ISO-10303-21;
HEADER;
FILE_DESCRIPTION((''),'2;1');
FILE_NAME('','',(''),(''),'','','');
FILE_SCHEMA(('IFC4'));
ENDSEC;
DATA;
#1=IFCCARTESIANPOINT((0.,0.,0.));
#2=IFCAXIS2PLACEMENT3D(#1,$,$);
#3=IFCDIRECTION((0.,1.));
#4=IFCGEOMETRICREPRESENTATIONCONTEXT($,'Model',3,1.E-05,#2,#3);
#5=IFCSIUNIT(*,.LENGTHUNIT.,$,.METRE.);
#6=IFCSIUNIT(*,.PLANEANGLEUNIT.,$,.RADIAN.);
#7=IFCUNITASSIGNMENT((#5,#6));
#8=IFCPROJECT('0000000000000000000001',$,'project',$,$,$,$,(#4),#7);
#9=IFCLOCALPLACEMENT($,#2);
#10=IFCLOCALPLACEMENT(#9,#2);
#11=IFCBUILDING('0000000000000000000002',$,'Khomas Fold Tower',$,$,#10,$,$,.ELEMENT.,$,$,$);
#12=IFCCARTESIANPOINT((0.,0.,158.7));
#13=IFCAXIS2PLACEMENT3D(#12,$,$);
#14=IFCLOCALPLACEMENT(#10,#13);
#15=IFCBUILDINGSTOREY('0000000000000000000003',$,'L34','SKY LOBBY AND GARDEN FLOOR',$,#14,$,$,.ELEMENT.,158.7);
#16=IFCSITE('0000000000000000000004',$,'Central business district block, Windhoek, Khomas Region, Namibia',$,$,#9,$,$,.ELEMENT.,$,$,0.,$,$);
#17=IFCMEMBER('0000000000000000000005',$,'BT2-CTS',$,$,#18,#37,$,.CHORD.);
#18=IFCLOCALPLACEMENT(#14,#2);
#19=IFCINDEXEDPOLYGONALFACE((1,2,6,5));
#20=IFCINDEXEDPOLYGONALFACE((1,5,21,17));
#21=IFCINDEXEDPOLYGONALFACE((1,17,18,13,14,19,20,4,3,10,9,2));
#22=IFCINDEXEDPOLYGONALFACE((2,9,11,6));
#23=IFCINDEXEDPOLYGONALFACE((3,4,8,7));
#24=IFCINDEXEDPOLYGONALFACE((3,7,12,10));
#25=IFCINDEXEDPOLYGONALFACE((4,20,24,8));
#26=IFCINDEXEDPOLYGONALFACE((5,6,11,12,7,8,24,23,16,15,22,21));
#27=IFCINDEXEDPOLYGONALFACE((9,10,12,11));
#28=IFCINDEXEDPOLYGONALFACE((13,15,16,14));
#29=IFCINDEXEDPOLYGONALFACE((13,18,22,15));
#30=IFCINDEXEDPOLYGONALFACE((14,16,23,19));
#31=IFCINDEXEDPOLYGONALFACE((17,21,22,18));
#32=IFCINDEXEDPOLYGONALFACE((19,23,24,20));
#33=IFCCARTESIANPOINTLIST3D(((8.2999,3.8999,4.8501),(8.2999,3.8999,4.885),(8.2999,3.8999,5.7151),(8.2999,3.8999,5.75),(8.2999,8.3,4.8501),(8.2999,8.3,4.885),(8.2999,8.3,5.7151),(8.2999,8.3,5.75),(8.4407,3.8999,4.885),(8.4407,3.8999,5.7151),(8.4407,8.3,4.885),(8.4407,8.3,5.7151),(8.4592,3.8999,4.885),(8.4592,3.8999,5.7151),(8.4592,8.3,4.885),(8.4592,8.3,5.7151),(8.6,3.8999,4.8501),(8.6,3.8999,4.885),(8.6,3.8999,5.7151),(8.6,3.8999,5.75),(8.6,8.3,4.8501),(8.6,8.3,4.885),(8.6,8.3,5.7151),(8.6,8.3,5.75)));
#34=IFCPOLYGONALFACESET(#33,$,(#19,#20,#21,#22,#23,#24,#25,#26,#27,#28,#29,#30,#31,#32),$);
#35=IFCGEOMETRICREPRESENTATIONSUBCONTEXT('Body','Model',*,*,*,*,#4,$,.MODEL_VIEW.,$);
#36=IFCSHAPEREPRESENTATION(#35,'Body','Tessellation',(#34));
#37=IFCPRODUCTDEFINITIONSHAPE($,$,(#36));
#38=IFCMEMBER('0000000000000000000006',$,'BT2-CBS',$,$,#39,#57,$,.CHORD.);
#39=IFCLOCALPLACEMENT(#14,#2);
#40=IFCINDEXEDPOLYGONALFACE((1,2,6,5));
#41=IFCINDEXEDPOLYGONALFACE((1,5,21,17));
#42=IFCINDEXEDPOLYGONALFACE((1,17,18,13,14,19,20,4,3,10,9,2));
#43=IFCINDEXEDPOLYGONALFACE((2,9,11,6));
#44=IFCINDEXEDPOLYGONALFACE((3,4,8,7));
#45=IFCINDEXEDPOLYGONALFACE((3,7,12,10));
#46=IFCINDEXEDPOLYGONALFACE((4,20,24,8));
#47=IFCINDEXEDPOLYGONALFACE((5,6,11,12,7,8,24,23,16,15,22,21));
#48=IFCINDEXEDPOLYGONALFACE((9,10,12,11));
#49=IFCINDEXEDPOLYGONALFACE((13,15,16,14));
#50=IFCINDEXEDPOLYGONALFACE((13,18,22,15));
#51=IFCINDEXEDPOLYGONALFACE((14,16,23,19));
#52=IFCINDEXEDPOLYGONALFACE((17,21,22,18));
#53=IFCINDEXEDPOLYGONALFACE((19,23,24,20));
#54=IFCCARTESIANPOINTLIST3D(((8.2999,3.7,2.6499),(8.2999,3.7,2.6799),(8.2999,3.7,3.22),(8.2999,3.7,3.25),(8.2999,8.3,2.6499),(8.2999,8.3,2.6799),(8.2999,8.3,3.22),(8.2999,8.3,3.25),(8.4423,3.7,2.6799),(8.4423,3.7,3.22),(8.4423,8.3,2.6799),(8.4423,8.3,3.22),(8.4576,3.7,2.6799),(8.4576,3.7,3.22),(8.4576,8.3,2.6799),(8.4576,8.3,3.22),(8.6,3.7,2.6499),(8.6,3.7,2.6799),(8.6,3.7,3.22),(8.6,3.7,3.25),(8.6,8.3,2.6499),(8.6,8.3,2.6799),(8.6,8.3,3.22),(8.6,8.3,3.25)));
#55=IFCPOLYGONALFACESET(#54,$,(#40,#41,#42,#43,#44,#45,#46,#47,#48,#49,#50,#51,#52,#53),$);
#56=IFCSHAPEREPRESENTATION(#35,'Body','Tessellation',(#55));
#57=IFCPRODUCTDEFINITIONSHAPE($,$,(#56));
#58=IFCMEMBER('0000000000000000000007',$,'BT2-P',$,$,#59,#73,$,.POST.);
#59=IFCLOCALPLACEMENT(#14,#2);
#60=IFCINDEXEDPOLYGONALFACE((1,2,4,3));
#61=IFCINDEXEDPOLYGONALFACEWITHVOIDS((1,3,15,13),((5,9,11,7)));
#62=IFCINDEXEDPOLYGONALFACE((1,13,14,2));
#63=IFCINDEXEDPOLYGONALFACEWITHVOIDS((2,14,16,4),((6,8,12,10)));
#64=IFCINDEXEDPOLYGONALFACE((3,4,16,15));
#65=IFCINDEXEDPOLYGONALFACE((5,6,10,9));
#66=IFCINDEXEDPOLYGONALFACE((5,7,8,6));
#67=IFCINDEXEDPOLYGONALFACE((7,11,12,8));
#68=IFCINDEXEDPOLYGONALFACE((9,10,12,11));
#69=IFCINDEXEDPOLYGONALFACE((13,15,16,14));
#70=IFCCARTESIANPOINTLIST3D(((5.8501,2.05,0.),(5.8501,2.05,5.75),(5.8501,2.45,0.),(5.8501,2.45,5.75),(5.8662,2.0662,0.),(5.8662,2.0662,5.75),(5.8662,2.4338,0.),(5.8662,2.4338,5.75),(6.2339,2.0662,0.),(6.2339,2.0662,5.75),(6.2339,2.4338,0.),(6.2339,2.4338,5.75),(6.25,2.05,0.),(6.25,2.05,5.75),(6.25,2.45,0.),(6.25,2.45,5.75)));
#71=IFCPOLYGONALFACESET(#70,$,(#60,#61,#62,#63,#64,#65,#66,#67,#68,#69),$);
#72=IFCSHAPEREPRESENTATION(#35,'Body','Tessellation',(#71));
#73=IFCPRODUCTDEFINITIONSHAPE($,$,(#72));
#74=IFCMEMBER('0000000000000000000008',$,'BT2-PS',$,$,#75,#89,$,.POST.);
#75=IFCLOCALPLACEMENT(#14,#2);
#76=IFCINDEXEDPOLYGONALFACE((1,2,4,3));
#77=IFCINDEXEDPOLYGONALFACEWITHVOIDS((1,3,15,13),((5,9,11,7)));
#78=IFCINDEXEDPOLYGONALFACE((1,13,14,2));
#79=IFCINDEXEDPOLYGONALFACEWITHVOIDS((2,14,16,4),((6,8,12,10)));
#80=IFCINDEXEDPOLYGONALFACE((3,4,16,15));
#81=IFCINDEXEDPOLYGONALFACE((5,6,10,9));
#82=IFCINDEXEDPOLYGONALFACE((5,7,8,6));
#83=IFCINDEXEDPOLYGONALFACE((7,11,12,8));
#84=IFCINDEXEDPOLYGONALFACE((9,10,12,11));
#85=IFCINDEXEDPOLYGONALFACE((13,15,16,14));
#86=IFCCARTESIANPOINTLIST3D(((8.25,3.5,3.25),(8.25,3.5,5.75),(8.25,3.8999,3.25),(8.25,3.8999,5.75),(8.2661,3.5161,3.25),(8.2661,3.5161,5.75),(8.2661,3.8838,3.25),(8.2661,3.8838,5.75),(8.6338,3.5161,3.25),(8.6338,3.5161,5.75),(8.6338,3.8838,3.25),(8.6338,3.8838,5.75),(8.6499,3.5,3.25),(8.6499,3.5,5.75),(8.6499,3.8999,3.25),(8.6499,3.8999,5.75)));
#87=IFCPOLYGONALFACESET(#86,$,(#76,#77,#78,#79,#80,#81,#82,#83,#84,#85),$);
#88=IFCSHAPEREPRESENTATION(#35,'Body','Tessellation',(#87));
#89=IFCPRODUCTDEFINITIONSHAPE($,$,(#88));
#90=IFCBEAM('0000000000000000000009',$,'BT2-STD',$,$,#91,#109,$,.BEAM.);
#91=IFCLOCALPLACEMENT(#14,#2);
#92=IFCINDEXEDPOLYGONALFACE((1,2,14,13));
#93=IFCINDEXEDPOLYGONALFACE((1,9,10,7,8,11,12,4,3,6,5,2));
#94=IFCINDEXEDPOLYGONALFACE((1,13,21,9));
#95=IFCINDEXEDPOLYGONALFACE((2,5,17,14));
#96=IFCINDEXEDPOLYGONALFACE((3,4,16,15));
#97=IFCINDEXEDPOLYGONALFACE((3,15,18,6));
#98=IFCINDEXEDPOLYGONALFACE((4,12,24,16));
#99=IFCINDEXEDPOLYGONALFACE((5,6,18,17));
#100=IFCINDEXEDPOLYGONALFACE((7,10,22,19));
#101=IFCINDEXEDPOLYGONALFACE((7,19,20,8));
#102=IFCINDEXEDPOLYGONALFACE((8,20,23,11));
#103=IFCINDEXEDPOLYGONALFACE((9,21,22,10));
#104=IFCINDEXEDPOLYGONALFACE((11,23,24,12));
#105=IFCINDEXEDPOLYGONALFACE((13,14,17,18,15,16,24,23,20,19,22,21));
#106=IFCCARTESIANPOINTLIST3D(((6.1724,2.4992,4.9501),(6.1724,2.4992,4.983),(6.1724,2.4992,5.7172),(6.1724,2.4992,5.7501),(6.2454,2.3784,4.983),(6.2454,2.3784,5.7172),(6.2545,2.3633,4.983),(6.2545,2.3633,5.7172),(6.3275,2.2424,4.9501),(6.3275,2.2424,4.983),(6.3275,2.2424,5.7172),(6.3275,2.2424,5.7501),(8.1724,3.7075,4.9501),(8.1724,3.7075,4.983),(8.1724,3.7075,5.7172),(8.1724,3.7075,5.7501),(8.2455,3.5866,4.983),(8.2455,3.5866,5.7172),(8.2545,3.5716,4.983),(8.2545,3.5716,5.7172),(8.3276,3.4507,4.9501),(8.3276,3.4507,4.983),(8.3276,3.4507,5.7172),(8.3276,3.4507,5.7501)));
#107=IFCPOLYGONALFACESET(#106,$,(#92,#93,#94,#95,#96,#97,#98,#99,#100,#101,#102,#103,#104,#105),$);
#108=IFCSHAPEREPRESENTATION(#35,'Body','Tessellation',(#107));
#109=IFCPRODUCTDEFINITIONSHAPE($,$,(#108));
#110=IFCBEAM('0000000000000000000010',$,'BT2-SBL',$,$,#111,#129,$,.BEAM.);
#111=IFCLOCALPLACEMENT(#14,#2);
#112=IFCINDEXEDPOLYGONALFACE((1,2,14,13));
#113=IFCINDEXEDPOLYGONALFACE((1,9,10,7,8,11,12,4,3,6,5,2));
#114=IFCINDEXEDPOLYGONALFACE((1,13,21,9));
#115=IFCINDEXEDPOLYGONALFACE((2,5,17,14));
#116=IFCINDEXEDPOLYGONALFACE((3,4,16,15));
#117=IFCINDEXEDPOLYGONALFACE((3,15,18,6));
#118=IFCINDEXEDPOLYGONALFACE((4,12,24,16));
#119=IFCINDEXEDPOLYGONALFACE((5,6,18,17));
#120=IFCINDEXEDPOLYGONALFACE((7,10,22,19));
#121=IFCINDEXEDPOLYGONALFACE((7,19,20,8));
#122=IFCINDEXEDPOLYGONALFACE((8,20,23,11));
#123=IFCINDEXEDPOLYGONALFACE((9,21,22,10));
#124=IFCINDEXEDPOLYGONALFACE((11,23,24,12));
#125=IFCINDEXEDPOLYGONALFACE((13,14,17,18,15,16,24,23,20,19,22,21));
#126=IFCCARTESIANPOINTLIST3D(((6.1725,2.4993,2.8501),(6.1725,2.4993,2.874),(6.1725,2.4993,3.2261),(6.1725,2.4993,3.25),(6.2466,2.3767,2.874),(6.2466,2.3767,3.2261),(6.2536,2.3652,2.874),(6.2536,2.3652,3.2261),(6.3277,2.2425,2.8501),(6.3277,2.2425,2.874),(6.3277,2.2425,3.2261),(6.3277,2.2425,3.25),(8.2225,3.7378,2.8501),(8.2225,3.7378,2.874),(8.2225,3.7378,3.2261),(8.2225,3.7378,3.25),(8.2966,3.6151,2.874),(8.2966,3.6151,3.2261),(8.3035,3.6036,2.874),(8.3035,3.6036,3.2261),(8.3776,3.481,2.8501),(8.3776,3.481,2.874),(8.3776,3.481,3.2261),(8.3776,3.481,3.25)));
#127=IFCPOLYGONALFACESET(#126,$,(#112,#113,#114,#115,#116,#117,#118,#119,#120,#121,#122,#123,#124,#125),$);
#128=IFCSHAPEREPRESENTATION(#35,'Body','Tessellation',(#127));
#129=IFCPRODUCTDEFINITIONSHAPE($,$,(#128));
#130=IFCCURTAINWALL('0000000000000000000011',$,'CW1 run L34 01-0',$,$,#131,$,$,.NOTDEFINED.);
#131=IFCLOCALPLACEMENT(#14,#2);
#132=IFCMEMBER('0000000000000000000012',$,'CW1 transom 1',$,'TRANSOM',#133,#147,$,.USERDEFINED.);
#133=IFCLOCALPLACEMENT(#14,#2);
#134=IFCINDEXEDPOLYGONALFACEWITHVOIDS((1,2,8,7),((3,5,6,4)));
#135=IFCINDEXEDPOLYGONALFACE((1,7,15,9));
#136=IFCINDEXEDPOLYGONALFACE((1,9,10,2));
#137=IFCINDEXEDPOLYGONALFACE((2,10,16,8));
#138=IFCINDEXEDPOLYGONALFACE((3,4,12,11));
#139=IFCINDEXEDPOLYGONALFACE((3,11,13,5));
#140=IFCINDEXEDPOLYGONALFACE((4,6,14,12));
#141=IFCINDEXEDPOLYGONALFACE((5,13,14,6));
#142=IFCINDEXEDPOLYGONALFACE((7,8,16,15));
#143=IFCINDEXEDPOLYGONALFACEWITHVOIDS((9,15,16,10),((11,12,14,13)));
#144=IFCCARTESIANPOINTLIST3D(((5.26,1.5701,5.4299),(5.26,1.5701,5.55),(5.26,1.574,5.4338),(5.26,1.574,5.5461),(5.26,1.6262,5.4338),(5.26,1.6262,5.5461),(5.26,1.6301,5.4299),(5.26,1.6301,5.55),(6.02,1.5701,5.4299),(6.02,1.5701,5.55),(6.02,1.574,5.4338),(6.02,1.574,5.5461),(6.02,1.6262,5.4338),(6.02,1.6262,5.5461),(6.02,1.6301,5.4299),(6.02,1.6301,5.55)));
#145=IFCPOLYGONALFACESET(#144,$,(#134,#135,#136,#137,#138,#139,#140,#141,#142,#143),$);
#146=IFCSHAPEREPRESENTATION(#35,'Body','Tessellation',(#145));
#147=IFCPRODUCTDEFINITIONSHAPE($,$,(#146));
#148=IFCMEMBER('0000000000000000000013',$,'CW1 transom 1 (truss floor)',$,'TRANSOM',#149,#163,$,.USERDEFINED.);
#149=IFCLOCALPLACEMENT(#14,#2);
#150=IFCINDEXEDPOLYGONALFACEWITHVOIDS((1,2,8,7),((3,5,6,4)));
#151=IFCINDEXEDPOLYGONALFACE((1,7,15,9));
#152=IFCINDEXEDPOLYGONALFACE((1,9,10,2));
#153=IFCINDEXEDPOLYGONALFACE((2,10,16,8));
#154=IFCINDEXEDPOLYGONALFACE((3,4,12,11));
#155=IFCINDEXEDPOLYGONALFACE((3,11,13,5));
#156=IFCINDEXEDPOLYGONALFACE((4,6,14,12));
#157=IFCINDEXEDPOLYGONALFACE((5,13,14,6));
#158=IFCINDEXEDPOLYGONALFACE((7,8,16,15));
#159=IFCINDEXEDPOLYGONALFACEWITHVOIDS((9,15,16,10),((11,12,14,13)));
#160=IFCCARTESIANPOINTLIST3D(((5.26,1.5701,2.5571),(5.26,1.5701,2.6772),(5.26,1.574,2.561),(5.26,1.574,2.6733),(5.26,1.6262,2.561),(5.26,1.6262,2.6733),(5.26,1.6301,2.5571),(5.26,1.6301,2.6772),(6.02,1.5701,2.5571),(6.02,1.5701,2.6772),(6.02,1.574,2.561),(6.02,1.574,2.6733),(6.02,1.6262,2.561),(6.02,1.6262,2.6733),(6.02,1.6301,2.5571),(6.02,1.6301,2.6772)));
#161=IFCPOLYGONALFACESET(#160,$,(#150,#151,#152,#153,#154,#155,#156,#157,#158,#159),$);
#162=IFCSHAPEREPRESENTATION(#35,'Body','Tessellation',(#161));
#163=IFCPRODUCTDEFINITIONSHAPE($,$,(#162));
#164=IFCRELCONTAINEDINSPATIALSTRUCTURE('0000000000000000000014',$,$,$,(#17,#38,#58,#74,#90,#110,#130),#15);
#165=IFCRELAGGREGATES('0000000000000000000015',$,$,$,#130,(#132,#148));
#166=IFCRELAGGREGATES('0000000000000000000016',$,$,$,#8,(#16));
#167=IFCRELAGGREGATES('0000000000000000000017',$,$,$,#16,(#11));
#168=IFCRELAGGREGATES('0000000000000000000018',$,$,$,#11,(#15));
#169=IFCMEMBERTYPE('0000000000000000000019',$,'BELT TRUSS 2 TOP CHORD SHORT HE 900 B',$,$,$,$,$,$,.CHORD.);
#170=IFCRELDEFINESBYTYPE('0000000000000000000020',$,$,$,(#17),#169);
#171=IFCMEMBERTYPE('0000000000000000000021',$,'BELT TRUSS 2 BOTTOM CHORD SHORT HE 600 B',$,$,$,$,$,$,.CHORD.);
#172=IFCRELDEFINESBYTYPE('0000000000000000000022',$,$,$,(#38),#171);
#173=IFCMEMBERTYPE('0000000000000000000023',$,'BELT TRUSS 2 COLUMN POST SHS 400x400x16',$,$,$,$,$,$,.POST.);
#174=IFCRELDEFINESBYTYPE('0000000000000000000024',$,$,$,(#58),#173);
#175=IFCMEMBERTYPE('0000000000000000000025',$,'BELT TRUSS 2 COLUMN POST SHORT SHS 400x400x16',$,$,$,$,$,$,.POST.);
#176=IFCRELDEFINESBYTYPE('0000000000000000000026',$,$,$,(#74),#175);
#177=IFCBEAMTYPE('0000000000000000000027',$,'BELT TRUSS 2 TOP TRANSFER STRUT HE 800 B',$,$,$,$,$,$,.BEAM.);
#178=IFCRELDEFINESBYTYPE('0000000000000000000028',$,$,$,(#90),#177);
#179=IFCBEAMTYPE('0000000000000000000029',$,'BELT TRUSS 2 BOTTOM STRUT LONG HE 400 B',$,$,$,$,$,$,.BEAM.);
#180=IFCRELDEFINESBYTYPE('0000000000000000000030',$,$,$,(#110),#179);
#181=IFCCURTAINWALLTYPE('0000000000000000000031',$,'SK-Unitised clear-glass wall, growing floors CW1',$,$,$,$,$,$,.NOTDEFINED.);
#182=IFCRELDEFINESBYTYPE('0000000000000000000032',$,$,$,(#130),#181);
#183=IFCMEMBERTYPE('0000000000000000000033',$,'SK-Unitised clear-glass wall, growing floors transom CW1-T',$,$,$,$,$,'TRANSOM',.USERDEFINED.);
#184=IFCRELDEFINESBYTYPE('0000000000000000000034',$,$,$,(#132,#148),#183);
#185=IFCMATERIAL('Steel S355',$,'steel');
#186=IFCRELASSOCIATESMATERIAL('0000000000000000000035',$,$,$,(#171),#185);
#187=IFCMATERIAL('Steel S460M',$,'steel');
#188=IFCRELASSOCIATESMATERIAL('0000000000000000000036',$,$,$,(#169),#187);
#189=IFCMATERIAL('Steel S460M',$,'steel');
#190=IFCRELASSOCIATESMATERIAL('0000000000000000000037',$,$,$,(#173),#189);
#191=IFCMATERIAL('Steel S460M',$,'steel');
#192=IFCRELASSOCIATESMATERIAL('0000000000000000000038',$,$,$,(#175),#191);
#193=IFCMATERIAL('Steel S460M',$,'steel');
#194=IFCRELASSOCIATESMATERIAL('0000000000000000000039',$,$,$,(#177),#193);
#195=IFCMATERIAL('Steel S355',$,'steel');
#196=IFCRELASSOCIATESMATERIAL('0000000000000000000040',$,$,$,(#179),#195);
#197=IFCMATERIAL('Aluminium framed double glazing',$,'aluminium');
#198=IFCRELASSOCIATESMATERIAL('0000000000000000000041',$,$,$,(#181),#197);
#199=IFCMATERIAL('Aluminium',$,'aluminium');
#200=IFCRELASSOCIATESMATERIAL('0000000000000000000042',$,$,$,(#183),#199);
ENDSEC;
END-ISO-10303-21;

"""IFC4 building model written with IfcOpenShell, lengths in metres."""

from ifc_helpers import new_model, si_unit, direction, frame, origin, origin_2d, place, context, subcontext, project, spatial, hollow_rectangle, i_section, extrude, source, transform, mapped, material, material_profile, profile_set, type_object, element, aggregate, save


model = new_model("IFC4")

# Units and contexts
model_context = context("Model", 3, precision=1e-05, world=origin(), true_north=direction((0.0, 1.0)))
body_context = subcontext(model_context, "Body", "Model", "MODEL_VIEW")
ifc_project = project(units=[si_unit("LENGTHUNIT", "METRE"), si_unit("PLANEANGLEUNIT", "RADIAN")], contexts=[model_context])

# Site, building, storey
site_placement = place(None, origin())
site = spatial("IfcSite", under=ifc_project, at=site_placement, Name="Central business district block, Windhoek, Khomas Region, Namibia", CompositionType="ELEMENT", RefElevation=0.0)
building_placement = place(site_placement, origin())
building = spatial("IfcBuilding", under=site, at=building_placement, Name="Khomas Fold Tower", CompositionType="ELEMENT")
storey_placement = place(building_placement, frame((0.0, 0.0, 158.7)))
storey = spatial("IfcBuildingStorey", under=building, at=storey_placement, Name="L34", Description="SKY LOBBY AND GARDEN FLOOR", CompositionType="ELEMENT", Elevation=158.7)

# Members
ifc_material_1 = material(Name="Steel S355", Category="steel")
ifc_material_profile_1 = material_profile(ifc_material_1, i_section(OverallWidth=0.3, OverallDepth=0.6001, WebThickness=0.0154, FlangeThickness=0.03, at=origin_2d()), Name="HE 600 B")
ifc_profile_set_1 = profile_set([ifc_material_profile_1], Name="Steel S355")
member_type_1 = type_object("IfcMemberType", Name="BELT TRUSS 2 BOTTOM CHORD SHORT HE 600 B", PredefinedType="CHORD", material=ifc_profile_set_1)
ifc_material_2 = material(Name="Steel S460M", Category="steel")
ifc_material_profile_2 = material_profile(ifc_material_2, i_section(OverallWidth=0.3, OverallDepth=0.8999, WebThickness=0.0186, FlangeThickness=0.0349, at=origin_2d()), Name="HE 900 B")
ifc_profile_set_2 = profile_set([ifc_material_profile_2], Name="Steel S460M")
member_type_2 = type_object("IfcMemberType", Name="BELT TRUSS 2 TOP CHORD SHORT HE 900 B", PredefinedType="CHORD", material=ifc_profile_set_2)
shared_shape_1 = source(origin(), body_context, "Body", "SweptSolid", [
    extrude(i_section(OverallWidth=0.3, OverallDepth=0.8999, WebThickness=0.0186, FlangeThickness=0.0349, at=origin_2d()), origin(), (0.0, 0.0, 1.0), 4.4001),
])
member_1_placement = place(storey_placement, frame((8.45, 3.8999, 5.3), z_axis=(0.0, 1.0, 0.0), x_axis=(-1.0, 0.0, 0.0)))
element("IfcMember", 1, at=member_1_placement, inside=storey, type_object=member_type_2, Name="BT2-CTS", PredefinedType="CHORD", context=body_context, shape_type="MappedRepresentation", body=[
    mapped(shared_shape_1, transform((0.0, 0.0, 0.0))),
])
shared_shape_2 = source(origin(), body_context, "Body", "SweptSolid", [
    extrude(i_section(OverallWidth=0.3, OverallDepth=0.6001, WebThickness=0.0154, FlangeThickness=0.03, at=origin_2d()), origin(), (0.0, 0.0, 1.0), 4.6001),
])
member_2_placement = place(storey_placement, frame((8.45, 3.7, 2.95), z_axis=(0.0, 1.0, 0.0), x_axis=(-1.0, 0.0, 0.0)))
element("IfcMember", 2, at=member_2_placement, inside=storey, type_object=member_type_1, Name="BT2-CBS", PredefinedType="CHORD", context=body_context, shape_type="MappedRepresentation", body=[
    mapped(shared_shape_2, transform((0.0, 0.0, 0.0))),
])
ifc_material_3 = material(Name="Steel S460M", Category="steel")
ifc_material_profile_3 = material_profile(ifc_material_3, hollow_rectangle(XDim=0.3999, YDim=0.3999, WallThickness=0.0161, at=origin_2d()), Name="SHS 400x400x16")
ifc_profile_set_3 = profile_set([ifc_material_profile_3], Name="Steel S460M")
member_type_3 = type_object("IfcMemberType", Name="BELT TRUSS 2 COLUMN POST SHS 400x400x16", PredefinedType="POST", material=ifc_profile_set_3)
shared_shape_3 = source(origin(), body_context, "Body", "SweptSolid", [
    extrude(hollow_rectangle(XDim=0.3999, YDim=0.3999, WallThickness=0.0161, at=origin_2d()), origin(), (0.0, 0.0, 1.0), 5.75),
])
member_3_placement = place(storey_placement, frame((6.05, 2.25, 0.0), z_axis=(0.0, 0.0, 1.0), x_axis=(1.0, 0.0, 0.0)))
element("IfcMember", 3, at=member_3_placement, inside=storey, type_object=member_type_3, Name="BT2-P", PredefinedType="POST", context=body_context, shape_type="MappedRepresentation", body=[
    mapped(shared_shape_3, transform((0.0, 0.0, 0.0))),
])
ifc_material_4 = material(Name="Steel S460M", Category="steel")
ifc_material_profile_4 = material_profile(ifc_material_4, hollow_rectangle(XDim=0.3999, YDim=0.3999, WallThickness=0.0161, at=origin_2d()), Name="SHS 400x400x16")
ifc_profile_set_4 = profile_set([ifc_material_profile_4], Name="Steel S460M")
member_type_4 = type_object("IfcMemberType", Name="BELT TRUSS 2 COLUMN POST SHORT SHS 400x400x16", PredefinedType="POST", material=ifc_profile_set_4)
shared_shape_4 = source(origin(), body_context, "Body", "SweptSolid", [
    extrude(hollow_rectangle(XDim=0.3999, YDim=0.3999, WallThickness=0.0161, at=origin_2d()), origin(), (0.0, 0.0, 1.0), 2.5),
])
member_4_placement = place(storey_placement, frame((8.45, 3.7, 3.25), z_axis=(0.0, 0.0, 1.0), x_axis=(1.0, 0.0, 0.0)))
element("IfcMember", 4, at=member_4_placement, inside=storey, type_object=member_type_4, Name="BT2-PS", PredefinedType="POST", context=body_context, shape_type="MappedRepresentation", body=[
    mapped(shared_shape_4, transform((0.0, 0.0, 0.0))),
])

# Beams
ifc_material_5 = material(Name="Steel S460M", Category="steel")
ifc_material_profile_5 = material_profile(ifc_material_5, i_section(OverallWidth=0.3, OverallDepth=0.8, WebThickness=0.0176, FlangeThickness=0.033, at=origin_2d()), Name="HE 800 B")
ifc_profile_set_5 = profile_set([ifc_material_profile_5], Name="Steel S460M")
beam_type_1 = type_object("IfcBeamType", Name="BELT TRUSS 2 TOP TRANSFER STRUT HE 800 B", PredefinedType="BEAM", material=ifc_profile_set_5)
shared_shape_5 = source(origin(), body_context, "Body", "SweptSolid", [
    extrude(i_section(OverallWidth=0.3, OverallDepth=0.8, WebThickness=0.0176, FlangeThickness=0.033, at=origin_2d()), origin(), (0.0, 0.0, 1.0), 2.3367),
])
beam_1_placement = place(storey_placement, frame((8.25, 3.5791, 5.3501), z_axis=(-0.855931, -0.51709, 0.0), x_axis=(0.51709, -0.855931, 0.0)))
element("IfcBeam", 5, at=beam_1_placement, inside=storey, type_object=beam_type_1, Name="BT2-STD", PredefinedType="BEAM", context=body_context, shape_type="MappedRepresentation", body=[
    mapped(shared_shape_5, transform((0.0, 0.0, 0.0))),
])
ifc_material_6 = material(Name="Steel S355", Category="steel")
ifc_material_profile_6 = material_profile(ifc_material_6, i_section(OverallWidth=0.3, OverallDepth=0.3999, WebThickness=0.0134, FlangeThickness=0.0239, at=origin_2d()), Name="HE 400 B")
ifc_profile_set_6 = profile_set([ifc_material_profile_6], Name="Steel S355")
beam_type_2 = type_object("IfcBeamType", Name="BELT TRUSS 2 BOTTOM STRUT LONG HE 400 B", PredefinedType="BEAM", material=ifc_profile_set_6)
shared_shape_6 = source(origin(), body_context, "Body", "SweptSolid", [
    extrude(i_section(OverallWidth=0.3, OverallDepth=0.3999, WebThickness=0.0134, FlangeThickness=0.0239, at=origin_2d()), origin(), (0.0, 0.0, 1.0), 2.395),
])
beam_2_placement = place(storey_placement, frame((8.3, 3.6094, 3.05), z_axis=(-0.855924, -0.517102, 0.0), x_axis=(0.517102, -0.855924, 0.0)))
element("IfcBeam", 6, at=beam_2_placement, inside=storey, type_object=beam_type_2, Name="BT2-SBL", PredefinedType="BEAM", context=body_context, shape_type="MappedRepresentation", body=[
    mapped(shared_shape_6, transform((0.0, 0.0, 0.0))),
])

# Curtain wall, members
ifc_material_7 = material(Name="Aluminium framed double glazing", Category="aluminium")
curtain_wall_type = type_object("IfcCurtainWallType", Name="SK-Unitised clear-glass wall, growing floors CW1", PredefinedType="NOTDEFINED", material=ifc_material_7)
curtain_wall_1_placement = place(storey_placement, origin())
curtain_wall_1 = element("IfcCurtainWall", 7, at=curtain_wall_1_placement, inside=storey, type_object=curtain_wall_type, Name="CW1 run L34 01-0", PredefinedType="NOTDEFINED")
ifc_material_8 = material(Name="Aluminium", Category="aluminium")
ifc_material_profile_7 = material_profile(ifc_material_8, hollow_rectangle(XDim=0.0601, YDim=0.1201, WallThickness=0.0039, at=origin_2d()), Name="SK-Unitised clear-glass wall, growing floors transom CW1-T")
ifc_profile_set_7 = profile_set([ifc_material_profile_7], Name="Aluminium")
member_type_5 = type_object("IfcMemberType", Name="SK-Unitised clear-glass wall, growing floors transom CW1-T", ElementType="TRANSOM", PredefinedType="USERDEFINED", material=ifc_profile_set_7)
shared_shape_7 = source(origin(), body_context, "Body", "SweptSolid", [
    extrude(hollow_rectangle(XDim=0.0601, YDim=0.1201, WallThickness=0.0039, at=origin_2d()), origin(), (0.0, 0.0, 1.0), 0.76),
])
member_5_placement = place(storey_placement, frame((5.26, 1.6001, 5.49), z_axis=(1.0, 0.0, 0.0), x_axis=(0.0, 1.0, 0.0)))
member_5 = element("IfcMember", 8, at=member_5_placement, type_object=member_type_5, Name="CW1 transom 1", ObjectType="TRANSOM", PredefinedType="USERDEFINED", context=body_context, shape_type="MappedRepresentation", body=[
    mapped(shared_shape_7, transform((0.0, 0.0, 0.0))),
])
member_6_placement = place(storey_placement, frame((5.26, 1.6001, 2.6172), z_axis=(1.0, 0.0, 0.0), x_axis=(0.0, 1.0, 0.0)))
member_6 = element("IfcMember", 9, at=member_6_placement, type_object=member_type_5, Name="CW1 transom 1 (truss floor)", ObjectType="TRANSOM", PredefinedType="USERDEFINED", context=body_context, shape_type="MappedRepresentation", body=[
    mapped(shared_shape_7, transform((0.0, 0.0, 0.0))),
])

aggregate(curtain_wall_1, [member_5, member_6])

save(model, "model.ifc")
